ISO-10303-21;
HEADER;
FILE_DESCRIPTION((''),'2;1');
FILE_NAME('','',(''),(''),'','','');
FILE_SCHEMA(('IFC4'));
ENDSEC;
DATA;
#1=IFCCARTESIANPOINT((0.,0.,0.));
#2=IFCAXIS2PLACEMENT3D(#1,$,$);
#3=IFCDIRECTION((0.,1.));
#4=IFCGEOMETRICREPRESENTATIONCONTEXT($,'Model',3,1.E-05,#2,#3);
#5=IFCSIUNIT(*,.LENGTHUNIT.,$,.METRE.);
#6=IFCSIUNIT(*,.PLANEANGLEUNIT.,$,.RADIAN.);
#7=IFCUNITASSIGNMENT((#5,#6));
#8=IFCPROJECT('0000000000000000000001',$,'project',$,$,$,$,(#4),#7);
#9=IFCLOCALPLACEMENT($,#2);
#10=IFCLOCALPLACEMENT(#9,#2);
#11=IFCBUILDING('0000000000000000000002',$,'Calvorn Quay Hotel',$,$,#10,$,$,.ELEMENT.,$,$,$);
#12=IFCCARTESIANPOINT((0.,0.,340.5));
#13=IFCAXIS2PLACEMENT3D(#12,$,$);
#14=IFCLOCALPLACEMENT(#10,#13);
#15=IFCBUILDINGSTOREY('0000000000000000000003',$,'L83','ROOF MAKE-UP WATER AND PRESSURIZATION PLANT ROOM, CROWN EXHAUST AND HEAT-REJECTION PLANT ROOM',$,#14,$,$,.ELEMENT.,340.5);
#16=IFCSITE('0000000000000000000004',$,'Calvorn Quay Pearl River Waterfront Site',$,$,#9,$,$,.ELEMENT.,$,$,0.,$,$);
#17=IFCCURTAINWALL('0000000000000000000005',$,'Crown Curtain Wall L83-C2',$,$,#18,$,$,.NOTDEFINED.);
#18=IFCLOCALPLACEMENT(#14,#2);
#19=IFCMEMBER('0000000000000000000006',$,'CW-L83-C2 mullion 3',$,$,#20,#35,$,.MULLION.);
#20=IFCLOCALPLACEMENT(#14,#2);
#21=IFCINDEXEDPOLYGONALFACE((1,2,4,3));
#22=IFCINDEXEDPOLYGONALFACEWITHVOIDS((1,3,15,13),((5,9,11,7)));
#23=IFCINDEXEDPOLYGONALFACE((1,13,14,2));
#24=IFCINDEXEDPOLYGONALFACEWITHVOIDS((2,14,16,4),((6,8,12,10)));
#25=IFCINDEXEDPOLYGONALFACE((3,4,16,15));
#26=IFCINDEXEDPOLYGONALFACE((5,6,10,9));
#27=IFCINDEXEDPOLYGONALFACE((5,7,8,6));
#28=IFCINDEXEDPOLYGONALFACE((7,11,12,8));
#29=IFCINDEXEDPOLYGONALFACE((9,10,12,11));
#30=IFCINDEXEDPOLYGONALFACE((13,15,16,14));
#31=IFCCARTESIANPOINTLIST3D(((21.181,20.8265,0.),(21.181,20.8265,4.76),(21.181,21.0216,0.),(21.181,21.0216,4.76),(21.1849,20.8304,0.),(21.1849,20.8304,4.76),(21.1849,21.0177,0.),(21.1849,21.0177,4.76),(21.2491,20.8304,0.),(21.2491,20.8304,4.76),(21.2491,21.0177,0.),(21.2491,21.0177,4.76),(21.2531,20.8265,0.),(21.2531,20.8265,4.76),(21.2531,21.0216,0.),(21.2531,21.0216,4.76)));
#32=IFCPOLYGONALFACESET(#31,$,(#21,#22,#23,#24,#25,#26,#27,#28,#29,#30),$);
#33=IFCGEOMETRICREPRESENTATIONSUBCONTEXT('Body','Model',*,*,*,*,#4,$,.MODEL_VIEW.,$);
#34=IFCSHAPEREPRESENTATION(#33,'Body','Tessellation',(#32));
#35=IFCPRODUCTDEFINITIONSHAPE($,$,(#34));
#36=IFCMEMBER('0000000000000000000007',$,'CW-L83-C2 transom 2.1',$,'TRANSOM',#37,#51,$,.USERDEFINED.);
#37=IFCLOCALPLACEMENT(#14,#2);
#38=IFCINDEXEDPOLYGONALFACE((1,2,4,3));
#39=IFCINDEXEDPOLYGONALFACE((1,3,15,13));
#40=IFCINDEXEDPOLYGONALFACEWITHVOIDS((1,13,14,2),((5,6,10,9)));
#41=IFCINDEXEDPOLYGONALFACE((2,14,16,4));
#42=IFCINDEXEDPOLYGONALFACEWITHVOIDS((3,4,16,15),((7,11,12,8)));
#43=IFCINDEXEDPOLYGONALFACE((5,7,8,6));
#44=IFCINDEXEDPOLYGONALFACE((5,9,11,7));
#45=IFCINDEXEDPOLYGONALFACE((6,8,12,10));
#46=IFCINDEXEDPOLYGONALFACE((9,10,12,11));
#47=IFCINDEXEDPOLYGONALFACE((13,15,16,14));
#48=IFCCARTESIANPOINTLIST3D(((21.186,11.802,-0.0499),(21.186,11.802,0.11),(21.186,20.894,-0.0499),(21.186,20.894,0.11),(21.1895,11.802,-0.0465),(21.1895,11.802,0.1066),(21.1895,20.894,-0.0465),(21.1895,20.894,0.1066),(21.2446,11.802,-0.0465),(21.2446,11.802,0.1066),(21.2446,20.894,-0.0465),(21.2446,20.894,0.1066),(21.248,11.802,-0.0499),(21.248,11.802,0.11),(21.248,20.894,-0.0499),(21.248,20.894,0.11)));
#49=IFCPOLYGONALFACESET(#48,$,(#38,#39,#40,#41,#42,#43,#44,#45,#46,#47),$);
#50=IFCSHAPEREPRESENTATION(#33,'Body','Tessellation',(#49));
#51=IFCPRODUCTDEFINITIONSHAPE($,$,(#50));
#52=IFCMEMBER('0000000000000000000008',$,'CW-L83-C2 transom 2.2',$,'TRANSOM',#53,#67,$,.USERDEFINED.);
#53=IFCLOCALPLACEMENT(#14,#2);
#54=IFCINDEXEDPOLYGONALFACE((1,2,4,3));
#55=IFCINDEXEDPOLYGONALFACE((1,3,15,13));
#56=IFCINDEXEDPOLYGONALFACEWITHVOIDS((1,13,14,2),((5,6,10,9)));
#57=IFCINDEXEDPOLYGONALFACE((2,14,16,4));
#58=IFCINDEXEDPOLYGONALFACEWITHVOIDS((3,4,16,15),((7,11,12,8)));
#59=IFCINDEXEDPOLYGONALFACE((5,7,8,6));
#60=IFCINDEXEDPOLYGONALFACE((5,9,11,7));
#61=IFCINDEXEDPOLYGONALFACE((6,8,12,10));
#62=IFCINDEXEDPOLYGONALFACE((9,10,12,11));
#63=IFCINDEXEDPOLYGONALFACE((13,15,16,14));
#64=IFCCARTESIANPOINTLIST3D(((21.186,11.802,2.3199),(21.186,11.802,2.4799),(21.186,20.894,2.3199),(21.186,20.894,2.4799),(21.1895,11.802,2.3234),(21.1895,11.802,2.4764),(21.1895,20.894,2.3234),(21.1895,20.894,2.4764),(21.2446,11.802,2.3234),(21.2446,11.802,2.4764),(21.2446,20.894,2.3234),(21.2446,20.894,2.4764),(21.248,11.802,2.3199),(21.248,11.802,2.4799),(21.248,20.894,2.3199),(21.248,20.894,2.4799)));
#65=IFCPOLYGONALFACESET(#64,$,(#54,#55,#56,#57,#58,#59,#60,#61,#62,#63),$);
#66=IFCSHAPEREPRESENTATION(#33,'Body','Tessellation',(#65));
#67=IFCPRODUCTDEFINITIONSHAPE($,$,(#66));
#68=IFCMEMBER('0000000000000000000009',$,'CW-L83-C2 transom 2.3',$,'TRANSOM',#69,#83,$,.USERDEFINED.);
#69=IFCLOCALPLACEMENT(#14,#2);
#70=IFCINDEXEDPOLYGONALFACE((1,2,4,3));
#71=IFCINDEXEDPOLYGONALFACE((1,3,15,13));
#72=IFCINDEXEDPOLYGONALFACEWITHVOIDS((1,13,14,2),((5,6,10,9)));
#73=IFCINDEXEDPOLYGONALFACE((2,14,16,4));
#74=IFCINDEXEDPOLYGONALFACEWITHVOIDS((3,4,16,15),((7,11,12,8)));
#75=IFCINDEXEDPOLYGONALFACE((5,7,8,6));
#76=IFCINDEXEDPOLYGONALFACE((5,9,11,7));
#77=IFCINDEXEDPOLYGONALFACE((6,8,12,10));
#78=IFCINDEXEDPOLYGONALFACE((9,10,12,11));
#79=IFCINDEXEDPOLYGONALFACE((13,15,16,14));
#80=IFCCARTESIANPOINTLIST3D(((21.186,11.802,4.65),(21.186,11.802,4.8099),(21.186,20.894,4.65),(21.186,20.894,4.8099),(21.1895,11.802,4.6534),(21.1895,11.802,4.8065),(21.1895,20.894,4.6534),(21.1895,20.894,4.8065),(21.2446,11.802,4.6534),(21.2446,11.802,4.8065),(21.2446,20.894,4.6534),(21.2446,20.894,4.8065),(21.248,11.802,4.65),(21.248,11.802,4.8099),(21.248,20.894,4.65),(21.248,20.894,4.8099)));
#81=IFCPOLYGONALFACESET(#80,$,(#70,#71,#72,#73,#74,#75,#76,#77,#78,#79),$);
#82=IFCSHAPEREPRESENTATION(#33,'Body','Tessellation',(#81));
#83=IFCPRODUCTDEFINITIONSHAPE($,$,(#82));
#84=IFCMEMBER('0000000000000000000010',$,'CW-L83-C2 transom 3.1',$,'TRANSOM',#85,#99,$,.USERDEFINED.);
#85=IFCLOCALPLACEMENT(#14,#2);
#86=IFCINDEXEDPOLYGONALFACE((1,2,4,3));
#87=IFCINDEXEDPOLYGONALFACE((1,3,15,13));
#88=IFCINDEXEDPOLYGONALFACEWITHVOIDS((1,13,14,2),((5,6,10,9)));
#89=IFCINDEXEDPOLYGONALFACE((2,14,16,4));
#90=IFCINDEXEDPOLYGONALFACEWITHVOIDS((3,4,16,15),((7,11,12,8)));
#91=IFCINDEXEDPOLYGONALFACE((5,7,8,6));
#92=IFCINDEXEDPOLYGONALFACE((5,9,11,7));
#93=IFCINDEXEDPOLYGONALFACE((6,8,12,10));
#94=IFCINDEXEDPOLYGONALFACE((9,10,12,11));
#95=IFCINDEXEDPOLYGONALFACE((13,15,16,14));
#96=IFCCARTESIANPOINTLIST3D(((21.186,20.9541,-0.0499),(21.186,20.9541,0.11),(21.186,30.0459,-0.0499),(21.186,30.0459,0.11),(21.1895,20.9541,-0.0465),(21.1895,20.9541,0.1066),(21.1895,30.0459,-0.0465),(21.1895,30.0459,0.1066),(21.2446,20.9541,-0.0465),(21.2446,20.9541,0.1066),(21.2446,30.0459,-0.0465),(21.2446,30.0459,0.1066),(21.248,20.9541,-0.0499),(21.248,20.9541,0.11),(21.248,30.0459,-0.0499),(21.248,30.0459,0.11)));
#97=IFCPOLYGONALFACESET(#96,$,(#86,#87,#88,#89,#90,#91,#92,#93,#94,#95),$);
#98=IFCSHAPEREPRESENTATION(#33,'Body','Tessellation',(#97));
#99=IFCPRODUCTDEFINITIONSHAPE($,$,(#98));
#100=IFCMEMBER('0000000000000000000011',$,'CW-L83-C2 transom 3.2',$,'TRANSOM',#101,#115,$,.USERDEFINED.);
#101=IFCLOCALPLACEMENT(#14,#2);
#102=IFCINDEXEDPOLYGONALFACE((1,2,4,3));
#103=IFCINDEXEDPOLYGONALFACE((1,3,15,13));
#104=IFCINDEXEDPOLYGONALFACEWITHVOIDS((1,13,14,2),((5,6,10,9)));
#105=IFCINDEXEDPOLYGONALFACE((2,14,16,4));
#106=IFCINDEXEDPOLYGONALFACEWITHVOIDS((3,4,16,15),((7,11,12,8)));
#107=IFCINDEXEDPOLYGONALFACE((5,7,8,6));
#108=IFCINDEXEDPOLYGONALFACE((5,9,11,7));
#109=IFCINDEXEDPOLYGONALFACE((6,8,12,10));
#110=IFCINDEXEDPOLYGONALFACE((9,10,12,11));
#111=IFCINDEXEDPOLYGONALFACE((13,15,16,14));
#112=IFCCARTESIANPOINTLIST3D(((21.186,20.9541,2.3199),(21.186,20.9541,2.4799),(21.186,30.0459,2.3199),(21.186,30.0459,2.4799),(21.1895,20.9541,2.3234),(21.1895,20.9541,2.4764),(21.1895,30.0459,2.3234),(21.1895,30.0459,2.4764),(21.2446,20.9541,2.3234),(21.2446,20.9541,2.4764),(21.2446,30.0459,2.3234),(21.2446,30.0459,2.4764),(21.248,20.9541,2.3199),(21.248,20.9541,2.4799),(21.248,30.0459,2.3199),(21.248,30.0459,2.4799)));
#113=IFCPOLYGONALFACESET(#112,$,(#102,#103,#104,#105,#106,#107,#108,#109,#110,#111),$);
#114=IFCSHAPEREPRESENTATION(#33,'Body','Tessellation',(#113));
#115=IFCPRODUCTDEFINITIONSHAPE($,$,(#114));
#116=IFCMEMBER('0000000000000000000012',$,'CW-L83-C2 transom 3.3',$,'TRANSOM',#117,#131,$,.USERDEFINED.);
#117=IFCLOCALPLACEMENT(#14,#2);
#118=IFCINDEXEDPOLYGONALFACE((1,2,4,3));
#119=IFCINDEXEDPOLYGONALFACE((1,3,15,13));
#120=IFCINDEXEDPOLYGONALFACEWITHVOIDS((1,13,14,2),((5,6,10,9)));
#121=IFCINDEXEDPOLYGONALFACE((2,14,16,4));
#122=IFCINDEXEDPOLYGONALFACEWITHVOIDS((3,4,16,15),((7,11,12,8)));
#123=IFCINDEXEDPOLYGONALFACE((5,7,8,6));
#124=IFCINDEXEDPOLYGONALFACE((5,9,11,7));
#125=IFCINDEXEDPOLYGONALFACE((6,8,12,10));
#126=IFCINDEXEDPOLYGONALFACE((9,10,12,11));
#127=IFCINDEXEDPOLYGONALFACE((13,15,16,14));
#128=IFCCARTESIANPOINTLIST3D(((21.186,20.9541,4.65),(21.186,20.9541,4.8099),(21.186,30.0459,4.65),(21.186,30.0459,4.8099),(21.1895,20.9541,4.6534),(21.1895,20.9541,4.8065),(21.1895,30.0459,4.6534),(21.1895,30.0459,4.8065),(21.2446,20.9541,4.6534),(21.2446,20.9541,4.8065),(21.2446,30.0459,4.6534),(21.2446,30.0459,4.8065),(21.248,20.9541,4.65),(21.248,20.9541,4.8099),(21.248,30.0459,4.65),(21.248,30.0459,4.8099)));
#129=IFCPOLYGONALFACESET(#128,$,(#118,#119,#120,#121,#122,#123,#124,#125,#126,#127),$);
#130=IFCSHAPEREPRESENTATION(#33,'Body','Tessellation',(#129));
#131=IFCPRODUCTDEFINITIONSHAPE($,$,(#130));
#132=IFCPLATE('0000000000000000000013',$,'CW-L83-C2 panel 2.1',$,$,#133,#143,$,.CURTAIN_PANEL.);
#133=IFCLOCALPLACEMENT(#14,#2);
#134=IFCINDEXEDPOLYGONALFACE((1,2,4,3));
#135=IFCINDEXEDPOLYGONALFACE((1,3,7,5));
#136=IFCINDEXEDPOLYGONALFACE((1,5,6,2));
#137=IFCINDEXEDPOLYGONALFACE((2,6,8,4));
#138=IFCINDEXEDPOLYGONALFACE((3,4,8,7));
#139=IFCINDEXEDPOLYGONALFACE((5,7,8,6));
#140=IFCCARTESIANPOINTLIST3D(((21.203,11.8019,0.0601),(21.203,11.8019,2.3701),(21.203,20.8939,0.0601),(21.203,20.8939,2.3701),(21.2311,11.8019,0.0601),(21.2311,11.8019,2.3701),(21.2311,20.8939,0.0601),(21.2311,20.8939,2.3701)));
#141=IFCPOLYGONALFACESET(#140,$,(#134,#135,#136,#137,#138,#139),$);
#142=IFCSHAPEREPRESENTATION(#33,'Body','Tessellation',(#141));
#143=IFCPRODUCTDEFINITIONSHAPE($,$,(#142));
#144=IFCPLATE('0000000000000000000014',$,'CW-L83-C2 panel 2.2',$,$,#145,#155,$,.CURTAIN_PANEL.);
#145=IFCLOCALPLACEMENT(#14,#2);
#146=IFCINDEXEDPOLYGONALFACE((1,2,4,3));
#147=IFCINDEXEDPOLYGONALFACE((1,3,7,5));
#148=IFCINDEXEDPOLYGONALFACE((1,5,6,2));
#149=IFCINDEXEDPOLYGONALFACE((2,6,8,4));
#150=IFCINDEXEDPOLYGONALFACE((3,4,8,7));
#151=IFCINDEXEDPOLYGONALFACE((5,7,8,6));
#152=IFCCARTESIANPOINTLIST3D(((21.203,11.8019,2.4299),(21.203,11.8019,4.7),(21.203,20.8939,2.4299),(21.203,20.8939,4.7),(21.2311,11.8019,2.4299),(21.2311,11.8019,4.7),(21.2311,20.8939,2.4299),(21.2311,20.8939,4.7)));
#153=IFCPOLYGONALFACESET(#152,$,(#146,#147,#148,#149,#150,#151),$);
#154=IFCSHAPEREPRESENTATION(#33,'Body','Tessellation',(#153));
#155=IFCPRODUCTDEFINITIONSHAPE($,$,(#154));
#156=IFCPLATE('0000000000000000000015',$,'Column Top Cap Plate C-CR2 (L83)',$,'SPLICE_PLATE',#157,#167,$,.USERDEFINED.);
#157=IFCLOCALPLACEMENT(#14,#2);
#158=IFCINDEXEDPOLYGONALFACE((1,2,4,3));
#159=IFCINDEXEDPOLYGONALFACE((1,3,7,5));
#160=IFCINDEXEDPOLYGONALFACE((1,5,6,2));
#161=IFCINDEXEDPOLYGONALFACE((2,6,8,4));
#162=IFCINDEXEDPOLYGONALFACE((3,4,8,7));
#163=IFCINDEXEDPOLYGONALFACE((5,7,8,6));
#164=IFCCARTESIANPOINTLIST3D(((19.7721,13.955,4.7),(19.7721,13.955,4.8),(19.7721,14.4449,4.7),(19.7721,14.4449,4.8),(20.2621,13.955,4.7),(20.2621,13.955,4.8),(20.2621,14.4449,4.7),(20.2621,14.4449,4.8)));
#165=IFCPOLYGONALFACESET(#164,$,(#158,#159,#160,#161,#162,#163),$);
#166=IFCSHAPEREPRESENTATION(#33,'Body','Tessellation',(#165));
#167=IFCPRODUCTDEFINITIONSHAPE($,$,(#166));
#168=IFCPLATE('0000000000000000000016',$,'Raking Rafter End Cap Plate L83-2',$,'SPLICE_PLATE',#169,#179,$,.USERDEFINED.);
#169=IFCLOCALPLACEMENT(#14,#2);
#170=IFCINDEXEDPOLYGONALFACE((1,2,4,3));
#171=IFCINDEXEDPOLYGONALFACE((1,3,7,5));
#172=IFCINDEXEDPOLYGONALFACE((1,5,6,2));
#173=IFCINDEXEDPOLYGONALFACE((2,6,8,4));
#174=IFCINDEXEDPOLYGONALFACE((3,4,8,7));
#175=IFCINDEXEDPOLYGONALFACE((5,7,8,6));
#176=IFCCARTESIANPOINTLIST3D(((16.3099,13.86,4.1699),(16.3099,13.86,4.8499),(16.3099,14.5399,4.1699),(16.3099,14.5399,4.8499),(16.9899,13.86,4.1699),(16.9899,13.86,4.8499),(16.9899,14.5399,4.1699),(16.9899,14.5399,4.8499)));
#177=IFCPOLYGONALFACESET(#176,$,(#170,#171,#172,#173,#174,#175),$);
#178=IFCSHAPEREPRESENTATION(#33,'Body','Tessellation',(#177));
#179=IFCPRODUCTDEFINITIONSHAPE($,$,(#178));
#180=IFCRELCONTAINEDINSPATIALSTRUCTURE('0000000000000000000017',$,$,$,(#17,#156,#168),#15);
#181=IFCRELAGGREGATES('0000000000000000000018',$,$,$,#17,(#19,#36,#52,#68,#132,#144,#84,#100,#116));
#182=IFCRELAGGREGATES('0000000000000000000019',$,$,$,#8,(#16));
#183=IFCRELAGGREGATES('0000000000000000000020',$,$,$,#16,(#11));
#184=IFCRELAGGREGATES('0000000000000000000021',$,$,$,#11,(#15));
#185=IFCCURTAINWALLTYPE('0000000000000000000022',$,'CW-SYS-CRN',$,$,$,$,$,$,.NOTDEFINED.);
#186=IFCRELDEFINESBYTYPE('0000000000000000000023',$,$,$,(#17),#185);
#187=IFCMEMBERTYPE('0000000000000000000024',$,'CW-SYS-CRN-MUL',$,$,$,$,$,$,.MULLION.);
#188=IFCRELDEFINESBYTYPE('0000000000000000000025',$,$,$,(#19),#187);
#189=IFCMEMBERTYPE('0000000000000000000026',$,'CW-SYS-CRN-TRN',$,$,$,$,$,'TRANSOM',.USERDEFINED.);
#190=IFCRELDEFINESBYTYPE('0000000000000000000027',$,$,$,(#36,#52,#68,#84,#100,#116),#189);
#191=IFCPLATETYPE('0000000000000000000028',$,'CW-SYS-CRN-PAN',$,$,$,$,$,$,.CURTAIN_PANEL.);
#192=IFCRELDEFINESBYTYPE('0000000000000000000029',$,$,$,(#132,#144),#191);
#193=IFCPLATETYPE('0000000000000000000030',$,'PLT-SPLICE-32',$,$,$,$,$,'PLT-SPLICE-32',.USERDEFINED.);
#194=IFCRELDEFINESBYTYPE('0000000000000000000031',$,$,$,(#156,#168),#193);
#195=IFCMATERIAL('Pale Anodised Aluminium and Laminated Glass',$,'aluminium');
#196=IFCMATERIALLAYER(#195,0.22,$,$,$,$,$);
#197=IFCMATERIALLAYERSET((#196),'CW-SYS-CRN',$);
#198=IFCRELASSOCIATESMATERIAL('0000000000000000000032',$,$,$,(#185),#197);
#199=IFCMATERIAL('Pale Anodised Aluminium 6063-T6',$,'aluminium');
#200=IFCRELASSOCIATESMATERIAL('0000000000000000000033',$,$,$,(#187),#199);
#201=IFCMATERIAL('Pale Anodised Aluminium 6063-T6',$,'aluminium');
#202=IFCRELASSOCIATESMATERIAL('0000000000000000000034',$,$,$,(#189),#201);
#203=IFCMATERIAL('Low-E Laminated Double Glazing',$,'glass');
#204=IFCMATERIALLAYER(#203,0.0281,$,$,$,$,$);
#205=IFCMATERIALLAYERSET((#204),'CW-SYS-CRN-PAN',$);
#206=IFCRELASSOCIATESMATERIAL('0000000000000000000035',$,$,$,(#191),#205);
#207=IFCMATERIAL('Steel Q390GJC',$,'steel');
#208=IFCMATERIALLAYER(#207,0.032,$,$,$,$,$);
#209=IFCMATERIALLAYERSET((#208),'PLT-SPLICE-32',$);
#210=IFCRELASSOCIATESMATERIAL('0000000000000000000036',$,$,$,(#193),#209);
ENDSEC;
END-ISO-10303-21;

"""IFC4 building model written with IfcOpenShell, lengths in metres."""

from ifc_helpers import new_model, si_unit, direction, frame, origin, origin_2d, place, context, subcontext, project, spatial, rectangle, hollow_rectangle, extrude, material, layer, layer_set, material_profile, profile_set, type_object, element, aggregate, save


model = new_model("IFC4")

# Units and contexts
model_context = context("Model", 3, precision=1e-05, world=origin(), true_north=direction((0.0, 1.0)))
body_context = subcontext(model_context, "Body", "Model", "MODEL_VIEW")
ifc_project = project(units=[si_unit("LENGTHUNIT", "METRE"), si_unit("PLANEANGLEUNIT", "RADIAN")], contexts=[model_context])

# Site, building, storey
site_placement = place(None, origin())
site = spatial("IfcSite", under=ifc_project, at=site_placement, Name="Calvorn Quay Pearl River Waterfront Site", CompositionType="ELEMENT", RefElevation=0.0)
building_placement = place(site_placement, origin())
building = spatial("IfcBuilding", under=site, at=building_placement, Name="Calvorn Quay Hotel", CompositionType="ELEMENT")
storey_placement = place(building_placement, frame((0.0, 0.0, 340.5)))
storey = spatial("IfcBuildingStorey", under=building, at=storey_placement, Name="L83", Description="ROOF MAKE-UP WATER AND PRESSURIZATION PLANT ROOM, CROWN EXHAUST AND HEAT-REJECTION PLANT ROOM", CompositionType="ELEMENT", Elevation=340.5)

# Curtain wall, members, plates
ifc_material_1 = material(Name="Pale Anodised Aluminium and Laminated Glass", Category="aluminium")
ifc_layer_1 = layer(ifc_material_1, 0.22)
ifc_layer_set_1 = layer_set([ifc_layer_1], Name="CW-SYS-CRN")
curtain_wall_type = type_object("IfcCurtainWallType", Name="CW-SYS-CRN", PredefinedType="NOTDEFINED", material=ifc_layer_set_1)
curtain_wall_placement = place(storey_placement, origin())
curtain_wall = element("IfcCurtainWall", 1, at=curtain_wall_placement, inside=storey, type_object=curtain_wall_type, Name="Crown Curtain Wall L83-C2", PredefinedType="NOTDEFINED")
ifc_material_2 = material(Name="Pale Anodised Aluminium 6063-T6", Category="aluminium")
ifc_material_profile_1 = material_profile(ifc_material_2, hollow_rectangle(XDim=0.072, YDim=0.1951, WallThickness=0.0039, at=origin_2d()), Name="ALU-M195x72x4")
ifc_profile_set_1 = profile_set([ifc_material_profile_1], Name="Pale Anodised Aluminium 6063-T6")
member_type_1 = type_object("IfcMemberType", Name="CW-SYS-CRN-MUL", PredefinedType="MULLION", material=ifc_profile_set_1)
member_1_placement = place(storey_placement, frame((21.217, 20.9241, 0.0), z_axis=(0.0, 0.0, 1.0), x_axis=(-1.0, 0.0, 0.0)))
member_1 = element("IfcMember", 2, at=member_1_placement, type_object=member_type_1, Name="CW-L83-C2 mullion 3", PredefinedType="MULLION", context=body_context, shape_type="SweptSolid", body=[
    extrude(hollow_rectangle(XDim=0.072, YDim=0.1951, WallThickness=0.0039, at=origin_2d()), origin(), (0.0, 0.0, 1.0), 4.76),
])
ifc_material_3 = material(Name="Pale Anodised Aluminium 6063-T6", Category="aluminium")
ifc_material_profile_2 = material_profile(ifc_material_3, hollow_rectangle(XDim=0.062, YDim=0.1599, WallThickness=0.0034, at=origin_2d()), Name="ALU-T160x62x3.5")
ifc_profile_set_2 = profile_set([ifc_material_profile_2], Name="Pale Anodised Aluminium 6063-T6")
member_type_2 = type_object("IfcMemberType", Name="CW-SYS-CRN-TRN", ElementType="TRANSOM", PredefinedType="USERDEFINED", material=ifc_profile_set_2)
member_2_placement = place(storey_placement, frame((21.217, 11.802, 0.03), z_axis=(0.0, 1.0, 0.0), x_axis=(-1.0, 0.0, 0.0)))
member_2 = element("IfcMember", 3, at=member_2_placement, type_object=member_type_2, Name="CW-L83-C2 transom 2.1", ObjectType="TRANSOM", PredefinedType="USERDEFINED", context=body_context, shape_type="SweptSolid", body=[
    extrude(hollow_rectangle(XDim=0.062, YDim=0.1599, WallThickness=0.0034, at=origin_2d()), origin(), (0.0, 0.0, 1.0), 9.092),
])
member_3_placement = place(storey_placement, frame((21.217, 11.802, 2.3999), z_axis=(0.0, 1.0, 0.0), x_axis=(-1.0, 0.0, 0.0)))
member_3 = element("IfcMember", 4, at=member_3_placement, type_object=member_type_2, Name="CW-L83-C2 transom 2.2", ObjectType="TRANSOM", PredefinedType="USERDEFINED", context=body_context, shape_type="SweptSolid", body=[
    extrude(hollow_rectangle(XDim=0.062, YDim=0.1599, WallThickness=0.0034, at=origin_2d()), origin(), (0.0, 0.0, 1.0), 9.092),
])
member_4_placement = place(storey_placement, frame((21.217, 11.802, 4.73), z_axis=(0.0, 1.0, 0.0), x_axis=(-1.0, 0.0, 0.0)))
member_4 = element("IfcMember", 5, at=member_4_placement, type_object=member_type_2, Name="CW-L83-C2 transom 2.3", ObjectType="TRANSOM", PredefinedType="USERDEFINED", context=body_context, shape_type="SweptSolid", body=[
    extrude(hollow_rectangle(XDim=0.062, YDim=0.1599, WallThickness=0.0034, at=origin_2d()), origin(), (0.0, 0.0, 1.0), 9.092),
])
member_5_placement = place(storey_placement, frame((21.217, 20.9541, 0.03), z_axis=(0.0, 1.0, 0.0), x_axis=(-1.0, 0.0, 0.0)))
member_5 = element("IfcMember", 6, at=member_5_placement, type_object=member_type_2, Name="CW-L83-C2 transom 3.1", ObjectType="TRANSOM", PredefinedType="USERDEFINED", context=body_context, shape_type="SweptSolid", body=[
    extrude(hollow_rectangle(XDim=0.062, YDim=0.1599, WallThickness=0.0034, at=origin_2d()), origin(), (0.0, 0.0, 1.0), 9.0918),
])
member_6_placement = place(storey_placement, frame((21.217, 20.9541, 2.3999), z_axis=(0.0, 1.0, 0.0), x_axis=(-1.0, 0.0, 0.0)))
member_6 = element("IfcMember", 7, at=member_6_placement, type_object=member_type_2, Name="CW-L83-C2 transom 3.2", ObjectType="TRANSOM", PredefinedType="USERDEFINED", context=body_context, shape_type="SweptSolid", body=[
    extrude(hollow_rectangle(XDim=0.062, YDim=0.1599, WallThickness=0.0034, at=origin_2d()), origin(), (0.0, 0.0, 1.0), 9.0918),
])
member_7_placement = place(storey_placement, frame((21.217, 20.9541, 4.73), z_axis=(0.0, 1.0, 0.0), x_axis=(-1.0, 0.0, 0.0)))
member_7 = element("IfcMember", 8, at=member_7_placement, type_object=member_type_2, Name="CW-L83-C2 transom 3.3", ObjectType="TRANSOM", PredefinedType="USERDEFINED", context=body_context, shape_type="SweptSolid", body=[
    extrude(hollow_rectangle(XDim=0.062, YDim=0.1599, WallThickness=0.0034, at=origin_2d()), origin(), (0.0, 0.0, 1.0), 9.0918),
])
ifc_material_4 = material(Name="Low-E Laminated Double Glazing", Category="glass")
ifc_layer_2 = layer(ifc_material_4, 0.0281)
ifc_layer_set_2 = layer_set([ifc_layer_2], Name="CW-SYS-CRN-PAN")
plate_type_1 = type_object("IfcPlateType", Name="CW-SYS-CRN-PAN", PredefinedType="CURTAIN_PANEL", material=ifc_layer_set_2)
plate_1_placement = place(storey_placement, frame((21.217, 16.3479, 0.0601), z_axis=(0.0, 0.0, 1.0), x_axis=(0.0, 1.0, 0.0)))
plate_1 = element("IfcPlate", 9, at=plate_1_placement, type_object=plate_type_1, Name="CW-L83-C2 panel 2.1", PredefinedType="CURTAIN_PANEL", context=body_context, shape_type="SweptSolid", body=[
    extrude(rectangle(XDim=9.092, YDim=0.0281, at=origin_2d()), origin(), (0.0, 0.0, 1.0), 2.3101),
])
plate_2_placement = place(storey_placement, frame((21.217, 16.3479, 2.4299), z_axis=(0.0, 0.0, 1.0), x_axis=(0.0, 1.0, 0.0)))
plate_2 = element("IfcPlate", 10, at=plate_2_placement, type_object=plate_type_1, Name="CW-L83-C2 panel 2.2", PredefinedType="CURTAIN_PANEL", context=body_context, shape_type="SweptSolid", body=[
    extrude(rectangle(XDim=9.092, YDim=0.0281, at=origin_2d()), origin(), (0.0, 0.0, 1.0), 2.27),
])
aggregate(curtain_wall, [member_1, member_2, member_3, member_4, plate_1, plate_2, member_5, member_6, member_7])

# Plates
ifc_material_5 = material(Name="Steel Q390GJC", Category="steel")
ifc_layer_3 = layer(ifc_material_5, 0.032)
ifc_layer_set_3 = layer_set([ifc_layer_3], Name="PLT-SPLICE-32")
plate_type_2 = type_object("IfcPlateType", Name="PLT-SPLICE-32", ElementType="PLT-SPLICE-32", PredefinedType="USERDEFINED", material=ifc_layer_set_3)
plate_3_placement = place(storey_placement, frame((20.0171, 14.2, 4.7), z_axis=(0.0, 0.0, 1.0), x_axis=(1.0, 0.0, 0.0)))
element("IfcPlate", 11, at=plate_3_placement, inside=storey, type_object=plate_type_2, Name="Column Top Cap Plate C-CR2 (L83)", ObjectType="SPLICE_PLATE", PredefinedType="USERDEFINED", context=body_context, shape_type="SweptSolid", body=[
    extrude(rectangle(XDim=0.49, YDim=0.49, at=origin_2d()), origin(), (0.0, 0.0, 1.0), 0.1001),
])
plate_4_placement = place(storey_placement, frame((16.6499, 14.2, 4.1699), z_axis=(0.0, 0.0, 1.0), x_axis=(1.0, 0.0, 0.0)))
element("IfcPlate", 12, at=plate_4_placement, inside=storey, type_object=plate_type_2, Name="Raking Rafter End Cap Plate L83-2", ObjectType="SPLICE_PLATE", PredefinedType="USERDEFINED", context=body_context, shape_type="SweptSolid", body=[
    extrude(rectangle(XDim=0.6799, YDim=0.6799, at=origin_2d()), origin(), (0.0, 0.0, 1.0), 0.6799),
])

save(model, "model.ifc")
